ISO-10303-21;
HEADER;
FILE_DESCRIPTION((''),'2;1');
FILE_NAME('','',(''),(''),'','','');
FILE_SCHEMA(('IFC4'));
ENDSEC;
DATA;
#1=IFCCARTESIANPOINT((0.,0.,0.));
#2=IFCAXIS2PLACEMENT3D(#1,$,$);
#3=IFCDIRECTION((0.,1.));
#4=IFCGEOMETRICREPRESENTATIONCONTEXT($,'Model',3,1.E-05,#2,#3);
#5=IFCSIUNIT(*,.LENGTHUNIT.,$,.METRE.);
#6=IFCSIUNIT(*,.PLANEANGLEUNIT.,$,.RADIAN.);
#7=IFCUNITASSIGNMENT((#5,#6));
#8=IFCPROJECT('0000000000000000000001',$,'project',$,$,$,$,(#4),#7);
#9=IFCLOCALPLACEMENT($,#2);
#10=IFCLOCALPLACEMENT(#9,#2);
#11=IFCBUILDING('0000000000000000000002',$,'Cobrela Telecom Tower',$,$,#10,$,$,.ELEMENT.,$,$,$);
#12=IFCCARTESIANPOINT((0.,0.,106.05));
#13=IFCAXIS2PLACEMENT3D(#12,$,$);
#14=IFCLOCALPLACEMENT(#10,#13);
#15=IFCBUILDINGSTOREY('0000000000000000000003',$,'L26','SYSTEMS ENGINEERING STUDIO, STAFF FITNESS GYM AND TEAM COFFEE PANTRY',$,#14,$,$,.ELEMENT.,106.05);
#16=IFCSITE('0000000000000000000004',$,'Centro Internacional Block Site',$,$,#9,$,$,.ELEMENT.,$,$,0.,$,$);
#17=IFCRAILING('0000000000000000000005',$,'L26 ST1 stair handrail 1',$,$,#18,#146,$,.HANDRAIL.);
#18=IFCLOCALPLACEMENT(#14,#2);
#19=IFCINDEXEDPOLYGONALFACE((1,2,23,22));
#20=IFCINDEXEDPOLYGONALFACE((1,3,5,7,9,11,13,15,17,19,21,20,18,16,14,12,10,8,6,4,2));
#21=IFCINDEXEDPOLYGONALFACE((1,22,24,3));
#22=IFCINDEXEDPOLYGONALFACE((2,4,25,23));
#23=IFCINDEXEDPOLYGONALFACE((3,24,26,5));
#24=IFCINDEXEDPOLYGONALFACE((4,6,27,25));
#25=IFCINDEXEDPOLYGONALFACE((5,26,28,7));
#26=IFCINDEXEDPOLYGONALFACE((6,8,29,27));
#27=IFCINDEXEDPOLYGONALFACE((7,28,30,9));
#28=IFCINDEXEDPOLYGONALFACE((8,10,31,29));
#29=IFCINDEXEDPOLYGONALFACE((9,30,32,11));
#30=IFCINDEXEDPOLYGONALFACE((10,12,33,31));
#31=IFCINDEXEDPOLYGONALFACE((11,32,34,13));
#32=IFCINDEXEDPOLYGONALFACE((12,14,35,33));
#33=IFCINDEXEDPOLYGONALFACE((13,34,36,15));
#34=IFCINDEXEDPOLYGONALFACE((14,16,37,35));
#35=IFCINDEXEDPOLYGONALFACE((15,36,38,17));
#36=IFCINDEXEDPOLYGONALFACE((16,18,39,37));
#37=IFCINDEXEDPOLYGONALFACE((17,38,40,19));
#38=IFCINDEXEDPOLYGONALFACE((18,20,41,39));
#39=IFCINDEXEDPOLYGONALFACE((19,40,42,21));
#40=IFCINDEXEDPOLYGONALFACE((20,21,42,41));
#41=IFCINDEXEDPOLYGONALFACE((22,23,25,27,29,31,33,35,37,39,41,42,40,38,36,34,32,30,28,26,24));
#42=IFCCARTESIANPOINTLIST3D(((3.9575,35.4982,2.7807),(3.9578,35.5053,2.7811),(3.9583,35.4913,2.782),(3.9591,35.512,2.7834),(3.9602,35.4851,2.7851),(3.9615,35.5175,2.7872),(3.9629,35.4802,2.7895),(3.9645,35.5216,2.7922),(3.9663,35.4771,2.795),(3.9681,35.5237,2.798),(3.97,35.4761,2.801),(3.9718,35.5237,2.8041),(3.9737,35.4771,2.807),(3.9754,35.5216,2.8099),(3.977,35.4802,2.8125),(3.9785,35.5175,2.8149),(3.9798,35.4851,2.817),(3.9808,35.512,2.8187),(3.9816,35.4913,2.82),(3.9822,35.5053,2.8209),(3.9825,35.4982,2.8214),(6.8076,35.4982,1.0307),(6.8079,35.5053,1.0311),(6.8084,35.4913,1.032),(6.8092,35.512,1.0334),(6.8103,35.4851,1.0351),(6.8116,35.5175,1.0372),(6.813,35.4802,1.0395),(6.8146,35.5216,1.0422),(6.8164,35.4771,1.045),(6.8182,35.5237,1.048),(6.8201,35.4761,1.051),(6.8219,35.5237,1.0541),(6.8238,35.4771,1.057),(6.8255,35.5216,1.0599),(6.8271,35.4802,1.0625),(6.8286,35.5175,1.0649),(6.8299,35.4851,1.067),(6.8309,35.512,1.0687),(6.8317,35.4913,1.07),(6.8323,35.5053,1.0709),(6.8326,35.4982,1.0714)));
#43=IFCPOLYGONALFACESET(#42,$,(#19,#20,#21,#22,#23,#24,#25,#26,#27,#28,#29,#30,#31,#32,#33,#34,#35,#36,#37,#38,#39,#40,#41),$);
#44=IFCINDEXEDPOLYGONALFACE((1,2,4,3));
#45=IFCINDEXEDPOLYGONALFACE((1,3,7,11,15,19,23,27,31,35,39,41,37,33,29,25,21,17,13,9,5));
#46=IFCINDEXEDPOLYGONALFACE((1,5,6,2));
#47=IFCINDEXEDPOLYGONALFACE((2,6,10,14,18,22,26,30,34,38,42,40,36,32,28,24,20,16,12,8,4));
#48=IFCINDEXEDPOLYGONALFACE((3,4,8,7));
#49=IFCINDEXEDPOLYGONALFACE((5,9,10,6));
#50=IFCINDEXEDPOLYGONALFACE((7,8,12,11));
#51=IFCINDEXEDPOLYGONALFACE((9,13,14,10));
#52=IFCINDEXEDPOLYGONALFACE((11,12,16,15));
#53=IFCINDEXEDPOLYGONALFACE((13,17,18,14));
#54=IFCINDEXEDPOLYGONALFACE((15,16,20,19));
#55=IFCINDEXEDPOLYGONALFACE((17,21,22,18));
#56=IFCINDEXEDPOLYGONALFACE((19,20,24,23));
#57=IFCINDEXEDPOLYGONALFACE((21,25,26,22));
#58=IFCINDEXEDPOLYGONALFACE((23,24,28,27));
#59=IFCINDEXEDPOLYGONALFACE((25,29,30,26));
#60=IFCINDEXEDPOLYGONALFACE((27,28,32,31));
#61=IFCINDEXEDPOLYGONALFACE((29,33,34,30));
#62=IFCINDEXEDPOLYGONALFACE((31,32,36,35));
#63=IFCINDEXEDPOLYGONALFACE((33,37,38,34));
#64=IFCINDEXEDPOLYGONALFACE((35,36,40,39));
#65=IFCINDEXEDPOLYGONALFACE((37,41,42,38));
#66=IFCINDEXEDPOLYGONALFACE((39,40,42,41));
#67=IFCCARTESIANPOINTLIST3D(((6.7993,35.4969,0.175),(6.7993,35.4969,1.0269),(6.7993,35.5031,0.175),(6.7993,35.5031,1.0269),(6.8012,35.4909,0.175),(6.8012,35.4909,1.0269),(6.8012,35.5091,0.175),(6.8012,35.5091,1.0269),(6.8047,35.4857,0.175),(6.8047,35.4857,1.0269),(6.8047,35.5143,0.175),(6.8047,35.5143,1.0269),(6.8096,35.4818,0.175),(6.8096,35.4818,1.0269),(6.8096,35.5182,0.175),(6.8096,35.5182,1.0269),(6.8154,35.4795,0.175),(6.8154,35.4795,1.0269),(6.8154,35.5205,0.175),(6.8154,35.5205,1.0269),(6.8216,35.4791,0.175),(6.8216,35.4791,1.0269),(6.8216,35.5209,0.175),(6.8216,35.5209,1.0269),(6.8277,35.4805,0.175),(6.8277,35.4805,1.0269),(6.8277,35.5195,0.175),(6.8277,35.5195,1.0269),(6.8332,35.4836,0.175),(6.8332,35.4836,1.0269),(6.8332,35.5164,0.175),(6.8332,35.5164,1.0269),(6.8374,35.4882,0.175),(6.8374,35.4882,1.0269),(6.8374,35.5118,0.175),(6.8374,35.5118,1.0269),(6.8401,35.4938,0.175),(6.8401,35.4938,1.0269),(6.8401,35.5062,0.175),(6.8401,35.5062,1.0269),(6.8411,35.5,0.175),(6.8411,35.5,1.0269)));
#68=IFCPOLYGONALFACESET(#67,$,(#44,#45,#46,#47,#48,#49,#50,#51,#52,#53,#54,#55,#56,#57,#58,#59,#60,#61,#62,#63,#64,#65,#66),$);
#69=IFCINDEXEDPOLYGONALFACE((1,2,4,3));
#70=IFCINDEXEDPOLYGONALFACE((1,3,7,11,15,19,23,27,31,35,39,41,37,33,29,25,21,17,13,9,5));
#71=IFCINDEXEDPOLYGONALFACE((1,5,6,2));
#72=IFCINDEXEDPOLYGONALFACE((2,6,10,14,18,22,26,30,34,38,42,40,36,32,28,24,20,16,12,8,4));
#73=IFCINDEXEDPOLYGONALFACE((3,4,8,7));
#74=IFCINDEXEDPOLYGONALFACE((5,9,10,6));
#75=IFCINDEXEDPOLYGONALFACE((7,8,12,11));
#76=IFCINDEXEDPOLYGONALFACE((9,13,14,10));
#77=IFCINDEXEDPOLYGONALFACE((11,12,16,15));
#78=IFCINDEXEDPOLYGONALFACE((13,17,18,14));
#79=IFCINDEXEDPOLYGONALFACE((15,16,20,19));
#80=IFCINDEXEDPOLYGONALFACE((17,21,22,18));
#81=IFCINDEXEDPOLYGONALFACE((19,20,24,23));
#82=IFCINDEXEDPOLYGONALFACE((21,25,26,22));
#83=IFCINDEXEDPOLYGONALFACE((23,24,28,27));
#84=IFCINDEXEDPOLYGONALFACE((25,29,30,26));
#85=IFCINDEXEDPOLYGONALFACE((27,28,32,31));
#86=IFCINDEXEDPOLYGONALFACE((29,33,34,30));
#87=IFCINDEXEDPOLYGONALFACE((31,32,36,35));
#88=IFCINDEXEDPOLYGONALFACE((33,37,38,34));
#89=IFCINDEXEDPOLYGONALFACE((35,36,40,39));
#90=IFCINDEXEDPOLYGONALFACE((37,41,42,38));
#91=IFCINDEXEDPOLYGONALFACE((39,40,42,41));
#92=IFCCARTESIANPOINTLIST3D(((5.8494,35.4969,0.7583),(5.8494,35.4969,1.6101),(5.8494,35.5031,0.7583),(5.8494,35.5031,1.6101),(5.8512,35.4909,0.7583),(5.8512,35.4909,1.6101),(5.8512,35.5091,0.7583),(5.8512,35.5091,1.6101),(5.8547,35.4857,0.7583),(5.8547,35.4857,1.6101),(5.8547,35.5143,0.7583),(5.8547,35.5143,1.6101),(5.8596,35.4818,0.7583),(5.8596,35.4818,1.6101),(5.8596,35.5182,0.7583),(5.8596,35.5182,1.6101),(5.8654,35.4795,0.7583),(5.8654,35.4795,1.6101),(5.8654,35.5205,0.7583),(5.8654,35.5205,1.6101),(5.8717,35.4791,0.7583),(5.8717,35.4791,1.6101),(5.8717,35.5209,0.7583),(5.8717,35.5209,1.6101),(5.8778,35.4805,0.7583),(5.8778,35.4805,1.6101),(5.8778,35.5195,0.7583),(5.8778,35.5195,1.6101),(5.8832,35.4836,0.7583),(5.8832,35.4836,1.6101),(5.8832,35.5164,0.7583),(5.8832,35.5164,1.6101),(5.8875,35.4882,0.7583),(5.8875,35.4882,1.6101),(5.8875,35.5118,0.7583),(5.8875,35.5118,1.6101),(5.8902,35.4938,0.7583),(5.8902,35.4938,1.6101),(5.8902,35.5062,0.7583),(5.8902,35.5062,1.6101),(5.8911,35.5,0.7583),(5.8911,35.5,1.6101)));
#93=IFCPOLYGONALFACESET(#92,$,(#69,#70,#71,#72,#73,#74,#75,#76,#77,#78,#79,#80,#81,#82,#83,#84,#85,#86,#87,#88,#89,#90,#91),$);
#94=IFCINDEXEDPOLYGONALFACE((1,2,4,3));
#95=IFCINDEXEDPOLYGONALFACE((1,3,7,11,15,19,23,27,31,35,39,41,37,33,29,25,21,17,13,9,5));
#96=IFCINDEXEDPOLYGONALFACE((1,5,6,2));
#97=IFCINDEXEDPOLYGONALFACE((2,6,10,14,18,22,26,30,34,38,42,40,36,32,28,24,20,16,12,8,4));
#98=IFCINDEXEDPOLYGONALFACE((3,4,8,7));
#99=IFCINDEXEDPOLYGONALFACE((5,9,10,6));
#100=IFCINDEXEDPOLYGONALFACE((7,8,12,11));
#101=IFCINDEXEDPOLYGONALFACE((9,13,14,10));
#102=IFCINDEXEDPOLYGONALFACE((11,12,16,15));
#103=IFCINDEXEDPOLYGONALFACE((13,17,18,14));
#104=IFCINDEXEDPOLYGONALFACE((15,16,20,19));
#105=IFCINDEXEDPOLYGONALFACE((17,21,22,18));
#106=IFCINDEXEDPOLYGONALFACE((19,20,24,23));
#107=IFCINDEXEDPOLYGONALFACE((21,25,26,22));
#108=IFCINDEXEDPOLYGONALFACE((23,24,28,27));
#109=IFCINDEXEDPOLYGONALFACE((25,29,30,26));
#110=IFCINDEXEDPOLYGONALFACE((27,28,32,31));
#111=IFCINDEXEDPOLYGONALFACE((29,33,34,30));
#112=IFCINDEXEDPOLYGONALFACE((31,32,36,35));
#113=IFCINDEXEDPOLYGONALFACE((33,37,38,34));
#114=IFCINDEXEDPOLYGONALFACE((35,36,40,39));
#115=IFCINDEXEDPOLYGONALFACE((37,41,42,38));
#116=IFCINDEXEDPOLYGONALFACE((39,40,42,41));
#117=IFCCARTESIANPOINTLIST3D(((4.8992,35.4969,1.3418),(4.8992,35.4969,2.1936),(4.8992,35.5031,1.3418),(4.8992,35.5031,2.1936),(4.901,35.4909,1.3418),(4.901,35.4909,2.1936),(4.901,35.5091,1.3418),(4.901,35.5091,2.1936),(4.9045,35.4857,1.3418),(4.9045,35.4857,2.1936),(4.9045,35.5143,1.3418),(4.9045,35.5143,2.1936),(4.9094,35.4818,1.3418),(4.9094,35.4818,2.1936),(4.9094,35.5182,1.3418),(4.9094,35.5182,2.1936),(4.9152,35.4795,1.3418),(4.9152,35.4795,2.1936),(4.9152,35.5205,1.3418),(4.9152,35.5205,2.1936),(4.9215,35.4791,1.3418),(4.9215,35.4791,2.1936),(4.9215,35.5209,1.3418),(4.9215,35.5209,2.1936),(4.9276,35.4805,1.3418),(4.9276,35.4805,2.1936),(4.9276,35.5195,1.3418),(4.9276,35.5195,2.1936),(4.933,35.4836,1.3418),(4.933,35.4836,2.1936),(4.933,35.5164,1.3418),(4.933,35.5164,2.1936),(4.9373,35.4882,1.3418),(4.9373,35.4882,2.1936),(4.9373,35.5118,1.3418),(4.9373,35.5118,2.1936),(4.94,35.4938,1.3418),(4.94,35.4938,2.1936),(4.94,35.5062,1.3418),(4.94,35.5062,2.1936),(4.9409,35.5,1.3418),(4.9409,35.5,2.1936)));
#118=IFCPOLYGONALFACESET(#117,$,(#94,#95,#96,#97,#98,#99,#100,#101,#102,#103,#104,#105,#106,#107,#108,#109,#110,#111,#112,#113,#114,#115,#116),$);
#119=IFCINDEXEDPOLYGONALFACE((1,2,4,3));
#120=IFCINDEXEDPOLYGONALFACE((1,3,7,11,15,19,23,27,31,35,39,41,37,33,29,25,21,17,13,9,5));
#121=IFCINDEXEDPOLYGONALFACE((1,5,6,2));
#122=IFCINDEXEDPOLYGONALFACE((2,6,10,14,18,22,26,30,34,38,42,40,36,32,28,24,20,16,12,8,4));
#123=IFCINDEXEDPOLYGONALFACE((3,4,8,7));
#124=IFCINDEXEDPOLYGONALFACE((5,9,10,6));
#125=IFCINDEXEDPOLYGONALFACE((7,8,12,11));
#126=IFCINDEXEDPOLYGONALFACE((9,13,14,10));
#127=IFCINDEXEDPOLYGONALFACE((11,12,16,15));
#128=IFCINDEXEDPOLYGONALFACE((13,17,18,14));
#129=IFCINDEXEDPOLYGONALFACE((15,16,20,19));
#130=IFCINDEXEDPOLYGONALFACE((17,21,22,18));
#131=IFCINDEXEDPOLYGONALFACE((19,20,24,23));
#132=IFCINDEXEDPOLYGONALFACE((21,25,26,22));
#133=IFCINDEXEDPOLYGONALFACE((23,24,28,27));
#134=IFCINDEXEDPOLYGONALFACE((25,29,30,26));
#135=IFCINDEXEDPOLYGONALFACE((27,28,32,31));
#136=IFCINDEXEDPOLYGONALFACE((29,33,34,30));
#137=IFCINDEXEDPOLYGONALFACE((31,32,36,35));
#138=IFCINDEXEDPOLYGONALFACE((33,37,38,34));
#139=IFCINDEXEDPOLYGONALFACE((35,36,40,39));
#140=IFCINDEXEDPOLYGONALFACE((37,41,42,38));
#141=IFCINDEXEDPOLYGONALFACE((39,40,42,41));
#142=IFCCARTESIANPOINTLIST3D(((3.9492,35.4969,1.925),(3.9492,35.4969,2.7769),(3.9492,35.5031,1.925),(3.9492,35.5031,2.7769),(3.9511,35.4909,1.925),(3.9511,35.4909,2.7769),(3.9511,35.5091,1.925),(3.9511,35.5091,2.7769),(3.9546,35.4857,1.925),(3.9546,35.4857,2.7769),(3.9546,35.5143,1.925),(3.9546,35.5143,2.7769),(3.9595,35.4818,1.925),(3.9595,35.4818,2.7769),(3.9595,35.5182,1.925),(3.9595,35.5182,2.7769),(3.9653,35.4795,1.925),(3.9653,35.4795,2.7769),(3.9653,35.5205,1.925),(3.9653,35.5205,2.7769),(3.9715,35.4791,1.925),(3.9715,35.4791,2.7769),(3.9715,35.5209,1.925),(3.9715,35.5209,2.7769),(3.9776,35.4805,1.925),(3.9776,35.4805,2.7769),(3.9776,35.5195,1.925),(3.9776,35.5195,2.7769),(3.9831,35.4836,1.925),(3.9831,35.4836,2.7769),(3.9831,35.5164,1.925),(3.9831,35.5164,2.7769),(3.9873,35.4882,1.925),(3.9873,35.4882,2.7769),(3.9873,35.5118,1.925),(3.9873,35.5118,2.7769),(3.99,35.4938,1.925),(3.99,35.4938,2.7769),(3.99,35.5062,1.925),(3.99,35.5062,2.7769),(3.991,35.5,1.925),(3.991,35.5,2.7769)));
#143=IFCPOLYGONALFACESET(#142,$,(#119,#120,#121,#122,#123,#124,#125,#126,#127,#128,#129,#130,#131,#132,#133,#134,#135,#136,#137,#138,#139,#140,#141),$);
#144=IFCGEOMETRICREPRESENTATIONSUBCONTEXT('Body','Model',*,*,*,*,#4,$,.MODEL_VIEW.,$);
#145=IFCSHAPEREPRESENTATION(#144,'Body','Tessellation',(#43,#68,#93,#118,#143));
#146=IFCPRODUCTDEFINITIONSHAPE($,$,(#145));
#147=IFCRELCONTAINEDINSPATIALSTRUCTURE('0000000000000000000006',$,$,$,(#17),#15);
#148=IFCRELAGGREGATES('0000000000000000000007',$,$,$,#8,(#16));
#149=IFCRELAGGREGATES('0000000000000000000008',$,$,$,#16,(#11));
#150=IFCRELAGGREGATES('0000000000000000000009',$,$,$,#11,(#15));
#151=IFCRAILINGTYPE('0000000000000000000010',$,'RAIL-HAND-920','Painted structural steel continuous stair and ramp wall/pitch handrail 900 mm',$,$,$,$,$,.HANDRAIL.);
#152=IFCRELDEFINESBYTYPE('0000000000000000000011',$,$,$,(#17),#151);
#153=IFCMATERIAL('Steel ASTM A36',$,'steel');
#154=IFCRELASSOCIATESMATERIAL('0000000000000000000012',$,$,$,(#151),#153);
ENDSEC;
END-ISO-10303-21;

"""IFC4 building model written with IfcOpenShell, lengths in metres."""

from ifc_helpers import new_model, si_unit, direction, frame, origin, origin_2d, place, context, subcontext, project, spatial, circle, extrude, material, type_object, element, save


model = new_model("IFC4")

# Units and contexts
model_context = context("Model", 3, precision=1e-05, world=origin(), true_north=direction((0.0, 1.0)))
body_context = subcontext(model_context, "Body", "Model", "MODEL_VIEW")
ifc_project = project(units=[si_unit("LENGTHUNIT", "METRE"), si_unit("PLANEANGLEUNIT", "RADIAN")], contexts=[model_context])

# Site, building, storey
site_placement = place(None, origin())
site = spatial("IfcSite", under=ifc_project, at=site_placement, Name="Centro Internacional Block Site", CompositionType="ELEMENT", RefElevation=0.0)
building_placement = place(site_placement, origin())
building = spatial("IfcBuilding", under=site, at=building_placement, Name="Cobrela Telecom Tower", CompositionType="ELEMENT")
storey_placement = place(building_placement, frame((0.0, 0.0, 106.05)))
storey = spatial("IfcBuildingStorey", under=building, at=storey_placement, Name="L26", Description="SYSTEMS ENGINEERING STUDIO, STAFF FITNESS GYM AND TEAM COFFEE PANTRY", CompositionType="ELEMENT", Elevation=106.05)

# Shared definitions
ifc_material_1 = material(Name="Steel ASTM A36", Category="steel")

# Railing
railing_type_1 = type_object("IfcRailingType", Name="RAIL-HAND-920", Description="Painted structural steel continuous stair and ramp wall/pitch handrail 900 mm", PredefinedType="HANDRAIL", material=ifc_material_1)
railing_1_placement = place(storey_placement, frame((6.8201, 35.5, 0.175)))
element("IfcRailing", 1, at=railing_1_placement, inside=storey, type_object=railing_type_1, Name="L26 ST1 stair handrail 1", PredefinedType="HANDRAIL", context=body_context, shape_type="SweptSolid", body=[
    extrude(circle(Radius=0.0239, at=origin_2d()), frame((0.0, 0.0, 0.876), z_axis=(-0.852179, 0.0, 0.52325), x_axis=(0.0, -1.0, 0.0)), (0.0, 0.0, 1.0), 3.3445),
    extrude(circle(Radius=0.021, at=origin_2d()), origin(), (0.0, 0.0, 1.0), 0.8518),
    extrude(circle(Radius=0.021, at=origin_2d()), frame((-0.95, 0.0, 0.5833)), (0.0, 0.0, 1.0), 0.8518),
    extrude(circle(Radius=0.021, at=origin_2d()), frame((-1.9001, 0.0, 1.1667)), (0.0, 0.0, 1.0), 0.8518),
    extrude(circle(Radius=0.021, at=origin_2d()), frame((-2.8501, 0.0, 1.75)), (0.0, 0.0, 1.0), 0.8518),
])

save(model, "model.ifc")
